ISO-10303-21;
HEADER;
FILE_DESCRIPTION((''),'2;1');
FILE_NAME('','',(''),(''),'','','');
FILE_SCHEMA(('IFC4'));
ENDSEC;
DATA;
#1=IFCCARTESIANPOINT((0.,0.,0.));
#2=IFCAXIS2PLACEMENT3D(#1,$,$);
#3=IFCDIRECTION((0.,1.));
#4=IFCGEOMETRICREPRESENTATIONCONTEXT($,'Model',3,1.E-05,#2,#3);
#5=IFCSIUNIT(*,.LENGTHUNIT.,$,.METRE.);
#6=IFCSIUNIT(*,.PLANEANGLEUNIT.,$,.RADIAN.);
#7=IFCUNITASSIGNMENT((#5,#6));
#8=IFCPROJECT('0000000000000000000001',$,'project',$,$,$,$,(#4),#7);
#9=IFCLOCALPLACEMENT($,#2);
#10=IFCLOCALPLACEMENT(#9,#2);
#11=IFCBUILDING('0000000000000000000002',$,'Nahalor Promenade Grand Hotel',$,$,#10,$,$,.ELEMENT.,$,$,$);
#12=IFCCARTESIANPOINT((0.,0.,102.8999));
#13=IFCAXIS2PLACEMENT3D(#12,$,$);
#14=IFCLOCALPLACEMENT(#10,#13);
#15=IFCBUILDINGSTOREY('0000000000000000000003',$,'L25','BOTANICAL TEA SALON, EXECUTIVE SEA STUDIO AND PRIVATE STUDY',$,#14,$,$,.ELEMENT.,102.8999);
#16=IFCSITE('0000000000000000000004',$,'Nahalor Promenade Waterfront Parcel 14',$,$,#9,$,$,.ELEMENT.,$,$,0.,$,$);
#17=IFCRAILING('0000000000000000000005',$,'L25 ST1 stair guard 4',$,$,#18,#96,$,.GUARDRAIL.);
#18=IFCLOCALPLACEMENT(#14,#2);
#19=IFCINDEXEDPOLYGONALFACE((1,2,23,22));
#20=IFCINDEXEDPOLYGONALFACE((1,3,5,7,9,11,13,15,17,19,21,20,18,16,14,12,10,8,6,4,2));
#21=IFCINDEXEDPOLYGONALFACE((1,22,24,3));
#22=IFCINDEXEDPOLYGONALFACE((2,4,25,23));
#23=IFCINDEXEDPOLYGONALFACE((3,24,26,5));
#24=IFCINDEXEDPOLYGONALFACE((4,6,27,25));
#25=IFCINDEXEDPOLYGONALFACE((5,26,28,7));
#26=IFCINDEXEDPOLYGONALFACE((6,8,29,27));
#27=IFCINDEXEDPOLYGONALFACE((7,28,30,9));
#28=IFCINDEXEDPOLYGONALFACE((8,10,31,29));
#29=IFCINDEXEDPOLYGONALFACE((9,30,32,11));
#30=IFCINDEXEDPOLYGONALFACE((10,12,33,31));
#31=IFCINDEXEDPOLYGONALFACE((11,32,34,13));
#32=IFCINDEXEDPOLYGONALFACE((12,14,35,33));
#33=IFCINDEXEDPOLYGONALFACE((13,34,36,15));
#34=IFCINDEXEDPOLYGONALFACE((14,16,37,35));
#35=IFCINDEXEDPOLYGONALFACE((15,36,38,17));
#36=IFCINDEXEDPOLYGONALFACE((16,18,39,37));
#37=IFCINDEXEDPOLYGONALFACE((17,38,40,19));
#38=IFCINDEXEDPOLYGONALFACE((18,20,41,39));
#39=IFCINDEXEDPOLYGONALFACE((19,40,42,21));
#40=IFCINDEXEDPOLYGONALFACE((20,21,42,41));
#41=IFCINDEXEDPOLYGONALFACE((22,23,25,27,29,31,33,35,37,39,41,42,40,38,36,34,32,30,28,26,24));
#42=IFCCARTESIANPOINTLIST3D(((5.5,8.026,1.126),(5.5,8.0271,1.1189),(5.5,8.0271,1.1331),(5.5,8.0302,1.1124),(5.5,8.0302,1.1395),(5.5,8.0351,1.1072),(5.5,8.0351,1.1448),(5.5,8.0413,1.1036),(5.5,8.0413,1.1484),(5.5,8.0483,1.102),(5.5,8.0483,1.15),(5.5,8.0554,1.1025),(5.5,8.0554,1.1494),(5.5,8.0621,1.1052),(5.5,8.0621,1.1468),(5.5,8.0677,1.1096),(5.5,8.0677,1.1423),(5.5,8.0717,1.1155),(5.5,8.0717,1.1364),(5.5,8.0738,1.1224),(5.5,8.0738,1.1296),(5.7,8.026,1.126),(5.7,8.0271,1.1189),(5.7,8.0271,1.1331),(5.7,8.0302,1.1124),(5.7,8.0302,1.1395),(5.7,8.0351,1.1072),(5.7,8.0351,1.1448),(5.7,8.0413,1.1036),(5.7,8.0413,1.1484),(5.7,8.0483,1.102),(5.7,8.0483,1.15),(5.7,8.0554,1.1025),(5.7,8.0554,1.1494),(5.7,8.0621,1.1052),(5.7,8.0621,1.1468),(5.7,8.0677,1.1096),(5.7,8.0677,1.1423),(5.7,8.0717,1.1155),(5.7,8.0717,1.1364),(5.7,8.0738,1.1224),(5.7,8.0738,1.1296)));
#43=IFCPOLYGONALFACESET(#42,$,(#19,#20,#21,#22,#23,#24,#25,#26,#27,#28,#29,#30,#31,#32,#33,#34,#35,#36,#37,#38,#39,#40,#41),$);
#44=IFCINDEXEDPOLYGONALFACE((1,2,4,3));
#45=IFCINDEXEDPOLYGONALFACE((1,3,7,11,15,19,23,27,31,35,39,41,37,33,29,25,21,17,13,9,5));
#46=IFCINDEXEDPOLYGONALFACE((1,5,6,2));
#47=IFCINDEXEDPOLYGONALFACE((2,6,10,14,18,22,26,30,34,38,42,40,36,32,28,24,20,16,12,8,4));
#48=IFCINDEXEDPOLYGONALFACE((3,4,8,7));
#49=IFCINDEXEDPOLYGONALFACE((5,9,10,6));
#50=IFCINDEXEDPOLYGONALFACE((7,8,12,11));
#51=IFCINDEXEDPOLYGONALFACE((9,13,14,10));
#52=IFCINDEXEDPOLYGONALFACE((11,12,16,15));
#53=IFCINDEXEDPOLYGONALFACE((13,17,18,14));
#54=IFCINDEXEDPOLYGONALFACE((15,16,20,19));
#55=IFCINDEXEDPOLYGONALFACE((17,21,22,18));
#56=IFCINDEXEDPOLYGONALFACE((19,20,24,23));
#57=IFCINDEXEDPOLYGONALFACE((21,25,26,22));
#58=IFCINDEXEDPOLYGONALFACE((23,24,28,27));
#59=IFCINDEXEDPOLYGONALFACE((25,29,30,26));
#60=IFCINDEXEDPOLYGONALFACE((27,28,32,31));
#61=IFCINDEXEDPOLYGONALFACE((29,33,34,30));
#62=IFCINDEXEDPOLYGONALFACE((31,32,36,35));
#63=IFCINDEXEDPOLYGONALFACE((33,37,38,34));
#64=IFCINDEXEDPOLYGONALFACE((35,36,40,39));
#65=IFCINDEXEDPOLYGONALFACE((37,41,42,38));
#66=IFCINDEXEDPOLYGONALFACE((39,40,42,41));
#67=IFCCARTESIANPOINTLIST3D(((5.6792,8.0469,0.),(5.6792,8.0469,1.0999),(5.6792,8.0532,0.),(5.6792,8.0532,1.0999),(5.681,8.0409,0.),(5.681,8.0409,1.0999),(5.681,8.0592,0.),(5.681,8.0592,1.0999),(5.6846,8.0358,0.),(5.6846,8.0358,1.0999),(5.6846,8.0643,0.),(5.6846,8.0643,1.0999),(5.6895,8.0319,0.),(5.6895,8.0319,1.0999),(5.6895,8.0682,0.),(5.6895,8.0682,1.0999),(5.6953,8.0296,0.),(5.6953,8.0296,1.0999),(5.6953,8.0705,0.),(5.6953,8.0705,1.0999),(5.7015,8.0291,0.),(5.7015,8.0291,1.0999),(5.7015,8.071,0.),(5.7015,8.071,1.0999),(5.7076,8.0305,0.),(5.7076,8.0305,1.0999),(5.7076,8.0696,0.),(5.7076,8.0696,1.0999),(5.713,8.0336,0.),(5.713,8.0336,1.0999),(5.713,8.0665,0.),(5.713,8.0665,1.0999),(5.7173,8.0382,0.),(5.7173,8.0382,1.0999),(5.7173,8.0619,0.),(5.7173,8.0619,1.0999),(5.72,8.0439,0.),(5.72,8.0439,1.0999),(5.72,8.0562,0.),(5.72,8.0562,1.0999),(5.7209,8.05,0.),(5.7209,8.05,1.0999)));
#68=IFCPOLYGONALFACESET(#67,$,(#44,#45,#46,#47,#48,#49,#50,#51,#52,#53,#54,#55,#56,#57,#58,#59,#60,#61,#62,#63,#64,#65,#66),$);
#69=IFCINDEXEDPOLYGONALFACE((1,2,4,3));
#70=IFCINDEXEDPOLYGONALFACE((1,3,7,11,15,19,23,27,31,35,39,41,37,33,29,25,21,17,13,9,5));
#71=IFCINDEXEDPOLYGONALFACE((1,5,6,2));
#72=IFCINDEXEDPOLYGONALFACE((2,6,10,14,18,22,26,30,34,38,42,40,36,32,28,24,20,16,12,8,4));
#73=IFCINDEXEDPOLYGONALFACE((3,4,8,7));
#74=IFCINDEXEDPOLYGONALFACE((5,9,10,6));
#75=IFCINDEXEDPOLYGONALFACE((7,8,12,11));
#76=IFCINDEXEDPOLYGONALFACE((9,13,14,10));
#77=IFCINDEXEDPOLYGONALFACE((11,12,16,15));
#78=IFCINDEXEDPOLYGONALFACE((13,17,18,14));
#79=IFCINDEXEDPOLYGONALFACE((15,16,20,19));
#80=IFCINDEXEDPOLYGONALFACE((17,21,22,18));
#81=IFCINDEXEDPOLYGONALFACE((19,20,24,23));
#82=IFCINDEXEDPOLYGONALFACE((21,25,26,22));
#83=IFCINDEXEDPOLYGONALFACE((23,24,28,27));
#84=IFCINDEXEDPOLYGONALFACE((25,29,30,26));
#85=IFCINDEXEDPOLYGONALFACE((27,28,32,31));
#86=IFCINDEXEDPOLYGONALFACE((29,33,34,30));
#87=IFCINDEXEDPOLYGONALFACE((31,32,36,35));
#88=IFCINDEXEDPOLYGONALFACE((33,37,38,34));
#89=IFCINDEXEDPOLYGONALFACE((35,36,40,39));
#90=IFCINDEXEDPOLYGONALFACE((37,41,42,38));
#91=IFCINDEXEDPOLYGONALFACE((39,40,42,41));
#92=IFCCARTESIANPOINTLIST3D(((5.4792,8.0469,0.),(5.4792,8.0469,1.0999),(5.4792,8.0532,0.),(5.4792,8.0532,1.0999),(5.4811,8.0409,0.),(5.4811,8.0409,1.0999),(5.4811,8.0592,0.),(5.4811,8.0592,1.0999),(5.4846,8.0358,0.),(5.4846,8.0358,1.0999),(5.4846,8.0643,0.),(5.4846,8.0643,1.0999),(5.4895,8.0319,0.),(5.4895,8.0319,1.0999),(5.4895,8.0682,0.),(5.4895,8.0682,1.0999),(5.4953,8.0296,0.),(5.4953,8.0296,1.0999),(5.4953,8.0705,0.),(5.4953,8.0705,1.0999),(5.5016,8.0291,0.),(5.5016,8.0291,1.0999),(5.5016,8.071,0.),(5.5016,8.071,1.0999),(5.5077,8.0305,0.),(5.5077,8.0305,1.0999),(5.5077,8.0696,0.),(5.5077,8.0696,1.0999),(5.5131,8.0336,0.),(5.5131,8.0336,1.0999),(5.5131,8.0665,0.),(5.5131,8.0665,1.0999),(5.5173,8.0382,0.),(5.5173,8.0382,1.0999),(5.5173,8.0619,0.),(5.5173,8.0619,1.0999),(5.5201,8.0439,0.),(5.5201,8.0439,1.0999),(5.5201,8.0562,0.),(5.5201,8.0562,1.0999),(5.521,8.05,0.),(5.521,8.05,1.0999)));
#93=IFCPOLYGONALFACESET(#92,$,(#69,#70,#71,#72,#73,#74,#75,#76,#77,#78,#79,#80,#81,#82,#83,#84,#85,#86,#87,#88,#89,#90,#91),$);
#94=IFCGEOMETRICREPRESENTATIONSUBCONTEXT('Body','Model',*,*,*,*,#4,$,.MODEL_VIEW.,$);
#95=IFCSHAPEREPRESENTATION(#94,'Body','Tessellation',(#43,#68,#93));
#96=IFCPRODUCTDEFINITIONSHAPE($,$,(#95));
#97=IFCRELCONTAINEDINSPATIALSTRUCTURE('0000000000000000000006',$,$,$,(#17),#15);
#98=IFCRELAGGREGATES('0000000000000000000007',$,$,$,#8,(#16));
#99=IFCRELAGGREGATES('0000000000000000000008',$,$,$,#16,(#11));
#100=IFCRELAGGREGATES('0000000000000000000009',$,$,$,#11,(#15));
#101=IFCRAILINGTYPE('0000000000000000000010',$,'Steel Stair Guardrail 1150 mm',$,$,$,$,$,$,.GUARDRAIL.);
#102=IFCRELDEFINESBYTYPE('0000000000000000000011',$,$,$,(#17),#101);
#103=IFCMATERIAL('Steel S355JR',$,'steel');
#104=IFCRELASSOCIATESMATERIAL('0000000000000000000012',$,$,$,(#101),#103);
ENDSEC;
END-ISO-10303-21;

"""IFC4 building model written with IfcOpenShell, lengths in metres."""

from ifc_helpers import new_model, si_unit, direction, frame, origin, origin_2d, place, context, subcontext, project, spatial, circle, extrude, material, type_object, element, save


model = new_model("IFC4")

# Units and contexts
model_context = context("Model", 3, precision=1e-05, world=origin(), true_north=direction((0.0, 1.0)))
body_context = subcontext(model_context, "Body", "Model", "MODEL_VIEW")
ifc_project = project(units=[si_unit("LENGTHUNIT", "METRE"), si_unit("PLANEANGLEUNIT", "RADIAN")], contexts=[model_context])

# Site, building, storey
site_placement = place(None, origin())
site = spatial("IfcSite", under=ifc_project, at=site_placement, Name="Nahalor Promenade Waterfront Parcel 14", CompositionType="ELEMENT", RefElevation=0.0)
building_placement = place(site_placement, origin())
building = spatial("IfcBuilding", under=site, at=building_placement, Name="Nahalor Promenade Grand Hotel", CompositionType="ELEMENT")
storey_placement = place(building_placement, frame((0.0, 0.0, 102.8999)))
storey = spatial("IfcBuildingStorey", under=building, at=storey_placement, Name="L25", Description="BOTANICAL TEA SALON, EXECUTIVE SEA STUDIO AND PRIVATE STUDY", CompositionType="ELEMENT", Elevation=102.8999)

# Shared definitions
ifc_material_1 = material(Name="Steel S355JR", Category="steel")

# Railing
railing_type_1 = type_object("IfcRailingType", Name="Steel Stair Guardrail 1150 mm", PredefinedType="GUARDRAIL", material=ifc_material_1)
railing_1_placement = place(storey_placement, frame((5.7, 8.05, 0.0)))
element("IfcRailing", 1, at=railing_1_placement, inside=storey, type_object=railing_type_1, Name="L25 ST1 stair guard 4", PredefinedType="GUARDRAIL", context=body_context, shape_type="SweptSolid", body=[
    extrude(circle(Radius=0.024, at=origin_2d()), frame((0.0, 0.0, 1.126), z_axis=(-1.0, 0.0, 0.0), x_axis=(0.0, -1.0, 0.0)), (0.0, 0.0, 1.0), 0.2),
    extrude(circle(Radius=0.021, at=origin_2d()), origin(), (0.0, 0.0, 1.0), 1.0999),
    extrude(circle(Radius=0.021, at=origin_2d()), frame((-0.2, 0.0, 0.0)), (0.0, 0.0, 1.0), 1.0999),
])

save(model, "model.ifc")
